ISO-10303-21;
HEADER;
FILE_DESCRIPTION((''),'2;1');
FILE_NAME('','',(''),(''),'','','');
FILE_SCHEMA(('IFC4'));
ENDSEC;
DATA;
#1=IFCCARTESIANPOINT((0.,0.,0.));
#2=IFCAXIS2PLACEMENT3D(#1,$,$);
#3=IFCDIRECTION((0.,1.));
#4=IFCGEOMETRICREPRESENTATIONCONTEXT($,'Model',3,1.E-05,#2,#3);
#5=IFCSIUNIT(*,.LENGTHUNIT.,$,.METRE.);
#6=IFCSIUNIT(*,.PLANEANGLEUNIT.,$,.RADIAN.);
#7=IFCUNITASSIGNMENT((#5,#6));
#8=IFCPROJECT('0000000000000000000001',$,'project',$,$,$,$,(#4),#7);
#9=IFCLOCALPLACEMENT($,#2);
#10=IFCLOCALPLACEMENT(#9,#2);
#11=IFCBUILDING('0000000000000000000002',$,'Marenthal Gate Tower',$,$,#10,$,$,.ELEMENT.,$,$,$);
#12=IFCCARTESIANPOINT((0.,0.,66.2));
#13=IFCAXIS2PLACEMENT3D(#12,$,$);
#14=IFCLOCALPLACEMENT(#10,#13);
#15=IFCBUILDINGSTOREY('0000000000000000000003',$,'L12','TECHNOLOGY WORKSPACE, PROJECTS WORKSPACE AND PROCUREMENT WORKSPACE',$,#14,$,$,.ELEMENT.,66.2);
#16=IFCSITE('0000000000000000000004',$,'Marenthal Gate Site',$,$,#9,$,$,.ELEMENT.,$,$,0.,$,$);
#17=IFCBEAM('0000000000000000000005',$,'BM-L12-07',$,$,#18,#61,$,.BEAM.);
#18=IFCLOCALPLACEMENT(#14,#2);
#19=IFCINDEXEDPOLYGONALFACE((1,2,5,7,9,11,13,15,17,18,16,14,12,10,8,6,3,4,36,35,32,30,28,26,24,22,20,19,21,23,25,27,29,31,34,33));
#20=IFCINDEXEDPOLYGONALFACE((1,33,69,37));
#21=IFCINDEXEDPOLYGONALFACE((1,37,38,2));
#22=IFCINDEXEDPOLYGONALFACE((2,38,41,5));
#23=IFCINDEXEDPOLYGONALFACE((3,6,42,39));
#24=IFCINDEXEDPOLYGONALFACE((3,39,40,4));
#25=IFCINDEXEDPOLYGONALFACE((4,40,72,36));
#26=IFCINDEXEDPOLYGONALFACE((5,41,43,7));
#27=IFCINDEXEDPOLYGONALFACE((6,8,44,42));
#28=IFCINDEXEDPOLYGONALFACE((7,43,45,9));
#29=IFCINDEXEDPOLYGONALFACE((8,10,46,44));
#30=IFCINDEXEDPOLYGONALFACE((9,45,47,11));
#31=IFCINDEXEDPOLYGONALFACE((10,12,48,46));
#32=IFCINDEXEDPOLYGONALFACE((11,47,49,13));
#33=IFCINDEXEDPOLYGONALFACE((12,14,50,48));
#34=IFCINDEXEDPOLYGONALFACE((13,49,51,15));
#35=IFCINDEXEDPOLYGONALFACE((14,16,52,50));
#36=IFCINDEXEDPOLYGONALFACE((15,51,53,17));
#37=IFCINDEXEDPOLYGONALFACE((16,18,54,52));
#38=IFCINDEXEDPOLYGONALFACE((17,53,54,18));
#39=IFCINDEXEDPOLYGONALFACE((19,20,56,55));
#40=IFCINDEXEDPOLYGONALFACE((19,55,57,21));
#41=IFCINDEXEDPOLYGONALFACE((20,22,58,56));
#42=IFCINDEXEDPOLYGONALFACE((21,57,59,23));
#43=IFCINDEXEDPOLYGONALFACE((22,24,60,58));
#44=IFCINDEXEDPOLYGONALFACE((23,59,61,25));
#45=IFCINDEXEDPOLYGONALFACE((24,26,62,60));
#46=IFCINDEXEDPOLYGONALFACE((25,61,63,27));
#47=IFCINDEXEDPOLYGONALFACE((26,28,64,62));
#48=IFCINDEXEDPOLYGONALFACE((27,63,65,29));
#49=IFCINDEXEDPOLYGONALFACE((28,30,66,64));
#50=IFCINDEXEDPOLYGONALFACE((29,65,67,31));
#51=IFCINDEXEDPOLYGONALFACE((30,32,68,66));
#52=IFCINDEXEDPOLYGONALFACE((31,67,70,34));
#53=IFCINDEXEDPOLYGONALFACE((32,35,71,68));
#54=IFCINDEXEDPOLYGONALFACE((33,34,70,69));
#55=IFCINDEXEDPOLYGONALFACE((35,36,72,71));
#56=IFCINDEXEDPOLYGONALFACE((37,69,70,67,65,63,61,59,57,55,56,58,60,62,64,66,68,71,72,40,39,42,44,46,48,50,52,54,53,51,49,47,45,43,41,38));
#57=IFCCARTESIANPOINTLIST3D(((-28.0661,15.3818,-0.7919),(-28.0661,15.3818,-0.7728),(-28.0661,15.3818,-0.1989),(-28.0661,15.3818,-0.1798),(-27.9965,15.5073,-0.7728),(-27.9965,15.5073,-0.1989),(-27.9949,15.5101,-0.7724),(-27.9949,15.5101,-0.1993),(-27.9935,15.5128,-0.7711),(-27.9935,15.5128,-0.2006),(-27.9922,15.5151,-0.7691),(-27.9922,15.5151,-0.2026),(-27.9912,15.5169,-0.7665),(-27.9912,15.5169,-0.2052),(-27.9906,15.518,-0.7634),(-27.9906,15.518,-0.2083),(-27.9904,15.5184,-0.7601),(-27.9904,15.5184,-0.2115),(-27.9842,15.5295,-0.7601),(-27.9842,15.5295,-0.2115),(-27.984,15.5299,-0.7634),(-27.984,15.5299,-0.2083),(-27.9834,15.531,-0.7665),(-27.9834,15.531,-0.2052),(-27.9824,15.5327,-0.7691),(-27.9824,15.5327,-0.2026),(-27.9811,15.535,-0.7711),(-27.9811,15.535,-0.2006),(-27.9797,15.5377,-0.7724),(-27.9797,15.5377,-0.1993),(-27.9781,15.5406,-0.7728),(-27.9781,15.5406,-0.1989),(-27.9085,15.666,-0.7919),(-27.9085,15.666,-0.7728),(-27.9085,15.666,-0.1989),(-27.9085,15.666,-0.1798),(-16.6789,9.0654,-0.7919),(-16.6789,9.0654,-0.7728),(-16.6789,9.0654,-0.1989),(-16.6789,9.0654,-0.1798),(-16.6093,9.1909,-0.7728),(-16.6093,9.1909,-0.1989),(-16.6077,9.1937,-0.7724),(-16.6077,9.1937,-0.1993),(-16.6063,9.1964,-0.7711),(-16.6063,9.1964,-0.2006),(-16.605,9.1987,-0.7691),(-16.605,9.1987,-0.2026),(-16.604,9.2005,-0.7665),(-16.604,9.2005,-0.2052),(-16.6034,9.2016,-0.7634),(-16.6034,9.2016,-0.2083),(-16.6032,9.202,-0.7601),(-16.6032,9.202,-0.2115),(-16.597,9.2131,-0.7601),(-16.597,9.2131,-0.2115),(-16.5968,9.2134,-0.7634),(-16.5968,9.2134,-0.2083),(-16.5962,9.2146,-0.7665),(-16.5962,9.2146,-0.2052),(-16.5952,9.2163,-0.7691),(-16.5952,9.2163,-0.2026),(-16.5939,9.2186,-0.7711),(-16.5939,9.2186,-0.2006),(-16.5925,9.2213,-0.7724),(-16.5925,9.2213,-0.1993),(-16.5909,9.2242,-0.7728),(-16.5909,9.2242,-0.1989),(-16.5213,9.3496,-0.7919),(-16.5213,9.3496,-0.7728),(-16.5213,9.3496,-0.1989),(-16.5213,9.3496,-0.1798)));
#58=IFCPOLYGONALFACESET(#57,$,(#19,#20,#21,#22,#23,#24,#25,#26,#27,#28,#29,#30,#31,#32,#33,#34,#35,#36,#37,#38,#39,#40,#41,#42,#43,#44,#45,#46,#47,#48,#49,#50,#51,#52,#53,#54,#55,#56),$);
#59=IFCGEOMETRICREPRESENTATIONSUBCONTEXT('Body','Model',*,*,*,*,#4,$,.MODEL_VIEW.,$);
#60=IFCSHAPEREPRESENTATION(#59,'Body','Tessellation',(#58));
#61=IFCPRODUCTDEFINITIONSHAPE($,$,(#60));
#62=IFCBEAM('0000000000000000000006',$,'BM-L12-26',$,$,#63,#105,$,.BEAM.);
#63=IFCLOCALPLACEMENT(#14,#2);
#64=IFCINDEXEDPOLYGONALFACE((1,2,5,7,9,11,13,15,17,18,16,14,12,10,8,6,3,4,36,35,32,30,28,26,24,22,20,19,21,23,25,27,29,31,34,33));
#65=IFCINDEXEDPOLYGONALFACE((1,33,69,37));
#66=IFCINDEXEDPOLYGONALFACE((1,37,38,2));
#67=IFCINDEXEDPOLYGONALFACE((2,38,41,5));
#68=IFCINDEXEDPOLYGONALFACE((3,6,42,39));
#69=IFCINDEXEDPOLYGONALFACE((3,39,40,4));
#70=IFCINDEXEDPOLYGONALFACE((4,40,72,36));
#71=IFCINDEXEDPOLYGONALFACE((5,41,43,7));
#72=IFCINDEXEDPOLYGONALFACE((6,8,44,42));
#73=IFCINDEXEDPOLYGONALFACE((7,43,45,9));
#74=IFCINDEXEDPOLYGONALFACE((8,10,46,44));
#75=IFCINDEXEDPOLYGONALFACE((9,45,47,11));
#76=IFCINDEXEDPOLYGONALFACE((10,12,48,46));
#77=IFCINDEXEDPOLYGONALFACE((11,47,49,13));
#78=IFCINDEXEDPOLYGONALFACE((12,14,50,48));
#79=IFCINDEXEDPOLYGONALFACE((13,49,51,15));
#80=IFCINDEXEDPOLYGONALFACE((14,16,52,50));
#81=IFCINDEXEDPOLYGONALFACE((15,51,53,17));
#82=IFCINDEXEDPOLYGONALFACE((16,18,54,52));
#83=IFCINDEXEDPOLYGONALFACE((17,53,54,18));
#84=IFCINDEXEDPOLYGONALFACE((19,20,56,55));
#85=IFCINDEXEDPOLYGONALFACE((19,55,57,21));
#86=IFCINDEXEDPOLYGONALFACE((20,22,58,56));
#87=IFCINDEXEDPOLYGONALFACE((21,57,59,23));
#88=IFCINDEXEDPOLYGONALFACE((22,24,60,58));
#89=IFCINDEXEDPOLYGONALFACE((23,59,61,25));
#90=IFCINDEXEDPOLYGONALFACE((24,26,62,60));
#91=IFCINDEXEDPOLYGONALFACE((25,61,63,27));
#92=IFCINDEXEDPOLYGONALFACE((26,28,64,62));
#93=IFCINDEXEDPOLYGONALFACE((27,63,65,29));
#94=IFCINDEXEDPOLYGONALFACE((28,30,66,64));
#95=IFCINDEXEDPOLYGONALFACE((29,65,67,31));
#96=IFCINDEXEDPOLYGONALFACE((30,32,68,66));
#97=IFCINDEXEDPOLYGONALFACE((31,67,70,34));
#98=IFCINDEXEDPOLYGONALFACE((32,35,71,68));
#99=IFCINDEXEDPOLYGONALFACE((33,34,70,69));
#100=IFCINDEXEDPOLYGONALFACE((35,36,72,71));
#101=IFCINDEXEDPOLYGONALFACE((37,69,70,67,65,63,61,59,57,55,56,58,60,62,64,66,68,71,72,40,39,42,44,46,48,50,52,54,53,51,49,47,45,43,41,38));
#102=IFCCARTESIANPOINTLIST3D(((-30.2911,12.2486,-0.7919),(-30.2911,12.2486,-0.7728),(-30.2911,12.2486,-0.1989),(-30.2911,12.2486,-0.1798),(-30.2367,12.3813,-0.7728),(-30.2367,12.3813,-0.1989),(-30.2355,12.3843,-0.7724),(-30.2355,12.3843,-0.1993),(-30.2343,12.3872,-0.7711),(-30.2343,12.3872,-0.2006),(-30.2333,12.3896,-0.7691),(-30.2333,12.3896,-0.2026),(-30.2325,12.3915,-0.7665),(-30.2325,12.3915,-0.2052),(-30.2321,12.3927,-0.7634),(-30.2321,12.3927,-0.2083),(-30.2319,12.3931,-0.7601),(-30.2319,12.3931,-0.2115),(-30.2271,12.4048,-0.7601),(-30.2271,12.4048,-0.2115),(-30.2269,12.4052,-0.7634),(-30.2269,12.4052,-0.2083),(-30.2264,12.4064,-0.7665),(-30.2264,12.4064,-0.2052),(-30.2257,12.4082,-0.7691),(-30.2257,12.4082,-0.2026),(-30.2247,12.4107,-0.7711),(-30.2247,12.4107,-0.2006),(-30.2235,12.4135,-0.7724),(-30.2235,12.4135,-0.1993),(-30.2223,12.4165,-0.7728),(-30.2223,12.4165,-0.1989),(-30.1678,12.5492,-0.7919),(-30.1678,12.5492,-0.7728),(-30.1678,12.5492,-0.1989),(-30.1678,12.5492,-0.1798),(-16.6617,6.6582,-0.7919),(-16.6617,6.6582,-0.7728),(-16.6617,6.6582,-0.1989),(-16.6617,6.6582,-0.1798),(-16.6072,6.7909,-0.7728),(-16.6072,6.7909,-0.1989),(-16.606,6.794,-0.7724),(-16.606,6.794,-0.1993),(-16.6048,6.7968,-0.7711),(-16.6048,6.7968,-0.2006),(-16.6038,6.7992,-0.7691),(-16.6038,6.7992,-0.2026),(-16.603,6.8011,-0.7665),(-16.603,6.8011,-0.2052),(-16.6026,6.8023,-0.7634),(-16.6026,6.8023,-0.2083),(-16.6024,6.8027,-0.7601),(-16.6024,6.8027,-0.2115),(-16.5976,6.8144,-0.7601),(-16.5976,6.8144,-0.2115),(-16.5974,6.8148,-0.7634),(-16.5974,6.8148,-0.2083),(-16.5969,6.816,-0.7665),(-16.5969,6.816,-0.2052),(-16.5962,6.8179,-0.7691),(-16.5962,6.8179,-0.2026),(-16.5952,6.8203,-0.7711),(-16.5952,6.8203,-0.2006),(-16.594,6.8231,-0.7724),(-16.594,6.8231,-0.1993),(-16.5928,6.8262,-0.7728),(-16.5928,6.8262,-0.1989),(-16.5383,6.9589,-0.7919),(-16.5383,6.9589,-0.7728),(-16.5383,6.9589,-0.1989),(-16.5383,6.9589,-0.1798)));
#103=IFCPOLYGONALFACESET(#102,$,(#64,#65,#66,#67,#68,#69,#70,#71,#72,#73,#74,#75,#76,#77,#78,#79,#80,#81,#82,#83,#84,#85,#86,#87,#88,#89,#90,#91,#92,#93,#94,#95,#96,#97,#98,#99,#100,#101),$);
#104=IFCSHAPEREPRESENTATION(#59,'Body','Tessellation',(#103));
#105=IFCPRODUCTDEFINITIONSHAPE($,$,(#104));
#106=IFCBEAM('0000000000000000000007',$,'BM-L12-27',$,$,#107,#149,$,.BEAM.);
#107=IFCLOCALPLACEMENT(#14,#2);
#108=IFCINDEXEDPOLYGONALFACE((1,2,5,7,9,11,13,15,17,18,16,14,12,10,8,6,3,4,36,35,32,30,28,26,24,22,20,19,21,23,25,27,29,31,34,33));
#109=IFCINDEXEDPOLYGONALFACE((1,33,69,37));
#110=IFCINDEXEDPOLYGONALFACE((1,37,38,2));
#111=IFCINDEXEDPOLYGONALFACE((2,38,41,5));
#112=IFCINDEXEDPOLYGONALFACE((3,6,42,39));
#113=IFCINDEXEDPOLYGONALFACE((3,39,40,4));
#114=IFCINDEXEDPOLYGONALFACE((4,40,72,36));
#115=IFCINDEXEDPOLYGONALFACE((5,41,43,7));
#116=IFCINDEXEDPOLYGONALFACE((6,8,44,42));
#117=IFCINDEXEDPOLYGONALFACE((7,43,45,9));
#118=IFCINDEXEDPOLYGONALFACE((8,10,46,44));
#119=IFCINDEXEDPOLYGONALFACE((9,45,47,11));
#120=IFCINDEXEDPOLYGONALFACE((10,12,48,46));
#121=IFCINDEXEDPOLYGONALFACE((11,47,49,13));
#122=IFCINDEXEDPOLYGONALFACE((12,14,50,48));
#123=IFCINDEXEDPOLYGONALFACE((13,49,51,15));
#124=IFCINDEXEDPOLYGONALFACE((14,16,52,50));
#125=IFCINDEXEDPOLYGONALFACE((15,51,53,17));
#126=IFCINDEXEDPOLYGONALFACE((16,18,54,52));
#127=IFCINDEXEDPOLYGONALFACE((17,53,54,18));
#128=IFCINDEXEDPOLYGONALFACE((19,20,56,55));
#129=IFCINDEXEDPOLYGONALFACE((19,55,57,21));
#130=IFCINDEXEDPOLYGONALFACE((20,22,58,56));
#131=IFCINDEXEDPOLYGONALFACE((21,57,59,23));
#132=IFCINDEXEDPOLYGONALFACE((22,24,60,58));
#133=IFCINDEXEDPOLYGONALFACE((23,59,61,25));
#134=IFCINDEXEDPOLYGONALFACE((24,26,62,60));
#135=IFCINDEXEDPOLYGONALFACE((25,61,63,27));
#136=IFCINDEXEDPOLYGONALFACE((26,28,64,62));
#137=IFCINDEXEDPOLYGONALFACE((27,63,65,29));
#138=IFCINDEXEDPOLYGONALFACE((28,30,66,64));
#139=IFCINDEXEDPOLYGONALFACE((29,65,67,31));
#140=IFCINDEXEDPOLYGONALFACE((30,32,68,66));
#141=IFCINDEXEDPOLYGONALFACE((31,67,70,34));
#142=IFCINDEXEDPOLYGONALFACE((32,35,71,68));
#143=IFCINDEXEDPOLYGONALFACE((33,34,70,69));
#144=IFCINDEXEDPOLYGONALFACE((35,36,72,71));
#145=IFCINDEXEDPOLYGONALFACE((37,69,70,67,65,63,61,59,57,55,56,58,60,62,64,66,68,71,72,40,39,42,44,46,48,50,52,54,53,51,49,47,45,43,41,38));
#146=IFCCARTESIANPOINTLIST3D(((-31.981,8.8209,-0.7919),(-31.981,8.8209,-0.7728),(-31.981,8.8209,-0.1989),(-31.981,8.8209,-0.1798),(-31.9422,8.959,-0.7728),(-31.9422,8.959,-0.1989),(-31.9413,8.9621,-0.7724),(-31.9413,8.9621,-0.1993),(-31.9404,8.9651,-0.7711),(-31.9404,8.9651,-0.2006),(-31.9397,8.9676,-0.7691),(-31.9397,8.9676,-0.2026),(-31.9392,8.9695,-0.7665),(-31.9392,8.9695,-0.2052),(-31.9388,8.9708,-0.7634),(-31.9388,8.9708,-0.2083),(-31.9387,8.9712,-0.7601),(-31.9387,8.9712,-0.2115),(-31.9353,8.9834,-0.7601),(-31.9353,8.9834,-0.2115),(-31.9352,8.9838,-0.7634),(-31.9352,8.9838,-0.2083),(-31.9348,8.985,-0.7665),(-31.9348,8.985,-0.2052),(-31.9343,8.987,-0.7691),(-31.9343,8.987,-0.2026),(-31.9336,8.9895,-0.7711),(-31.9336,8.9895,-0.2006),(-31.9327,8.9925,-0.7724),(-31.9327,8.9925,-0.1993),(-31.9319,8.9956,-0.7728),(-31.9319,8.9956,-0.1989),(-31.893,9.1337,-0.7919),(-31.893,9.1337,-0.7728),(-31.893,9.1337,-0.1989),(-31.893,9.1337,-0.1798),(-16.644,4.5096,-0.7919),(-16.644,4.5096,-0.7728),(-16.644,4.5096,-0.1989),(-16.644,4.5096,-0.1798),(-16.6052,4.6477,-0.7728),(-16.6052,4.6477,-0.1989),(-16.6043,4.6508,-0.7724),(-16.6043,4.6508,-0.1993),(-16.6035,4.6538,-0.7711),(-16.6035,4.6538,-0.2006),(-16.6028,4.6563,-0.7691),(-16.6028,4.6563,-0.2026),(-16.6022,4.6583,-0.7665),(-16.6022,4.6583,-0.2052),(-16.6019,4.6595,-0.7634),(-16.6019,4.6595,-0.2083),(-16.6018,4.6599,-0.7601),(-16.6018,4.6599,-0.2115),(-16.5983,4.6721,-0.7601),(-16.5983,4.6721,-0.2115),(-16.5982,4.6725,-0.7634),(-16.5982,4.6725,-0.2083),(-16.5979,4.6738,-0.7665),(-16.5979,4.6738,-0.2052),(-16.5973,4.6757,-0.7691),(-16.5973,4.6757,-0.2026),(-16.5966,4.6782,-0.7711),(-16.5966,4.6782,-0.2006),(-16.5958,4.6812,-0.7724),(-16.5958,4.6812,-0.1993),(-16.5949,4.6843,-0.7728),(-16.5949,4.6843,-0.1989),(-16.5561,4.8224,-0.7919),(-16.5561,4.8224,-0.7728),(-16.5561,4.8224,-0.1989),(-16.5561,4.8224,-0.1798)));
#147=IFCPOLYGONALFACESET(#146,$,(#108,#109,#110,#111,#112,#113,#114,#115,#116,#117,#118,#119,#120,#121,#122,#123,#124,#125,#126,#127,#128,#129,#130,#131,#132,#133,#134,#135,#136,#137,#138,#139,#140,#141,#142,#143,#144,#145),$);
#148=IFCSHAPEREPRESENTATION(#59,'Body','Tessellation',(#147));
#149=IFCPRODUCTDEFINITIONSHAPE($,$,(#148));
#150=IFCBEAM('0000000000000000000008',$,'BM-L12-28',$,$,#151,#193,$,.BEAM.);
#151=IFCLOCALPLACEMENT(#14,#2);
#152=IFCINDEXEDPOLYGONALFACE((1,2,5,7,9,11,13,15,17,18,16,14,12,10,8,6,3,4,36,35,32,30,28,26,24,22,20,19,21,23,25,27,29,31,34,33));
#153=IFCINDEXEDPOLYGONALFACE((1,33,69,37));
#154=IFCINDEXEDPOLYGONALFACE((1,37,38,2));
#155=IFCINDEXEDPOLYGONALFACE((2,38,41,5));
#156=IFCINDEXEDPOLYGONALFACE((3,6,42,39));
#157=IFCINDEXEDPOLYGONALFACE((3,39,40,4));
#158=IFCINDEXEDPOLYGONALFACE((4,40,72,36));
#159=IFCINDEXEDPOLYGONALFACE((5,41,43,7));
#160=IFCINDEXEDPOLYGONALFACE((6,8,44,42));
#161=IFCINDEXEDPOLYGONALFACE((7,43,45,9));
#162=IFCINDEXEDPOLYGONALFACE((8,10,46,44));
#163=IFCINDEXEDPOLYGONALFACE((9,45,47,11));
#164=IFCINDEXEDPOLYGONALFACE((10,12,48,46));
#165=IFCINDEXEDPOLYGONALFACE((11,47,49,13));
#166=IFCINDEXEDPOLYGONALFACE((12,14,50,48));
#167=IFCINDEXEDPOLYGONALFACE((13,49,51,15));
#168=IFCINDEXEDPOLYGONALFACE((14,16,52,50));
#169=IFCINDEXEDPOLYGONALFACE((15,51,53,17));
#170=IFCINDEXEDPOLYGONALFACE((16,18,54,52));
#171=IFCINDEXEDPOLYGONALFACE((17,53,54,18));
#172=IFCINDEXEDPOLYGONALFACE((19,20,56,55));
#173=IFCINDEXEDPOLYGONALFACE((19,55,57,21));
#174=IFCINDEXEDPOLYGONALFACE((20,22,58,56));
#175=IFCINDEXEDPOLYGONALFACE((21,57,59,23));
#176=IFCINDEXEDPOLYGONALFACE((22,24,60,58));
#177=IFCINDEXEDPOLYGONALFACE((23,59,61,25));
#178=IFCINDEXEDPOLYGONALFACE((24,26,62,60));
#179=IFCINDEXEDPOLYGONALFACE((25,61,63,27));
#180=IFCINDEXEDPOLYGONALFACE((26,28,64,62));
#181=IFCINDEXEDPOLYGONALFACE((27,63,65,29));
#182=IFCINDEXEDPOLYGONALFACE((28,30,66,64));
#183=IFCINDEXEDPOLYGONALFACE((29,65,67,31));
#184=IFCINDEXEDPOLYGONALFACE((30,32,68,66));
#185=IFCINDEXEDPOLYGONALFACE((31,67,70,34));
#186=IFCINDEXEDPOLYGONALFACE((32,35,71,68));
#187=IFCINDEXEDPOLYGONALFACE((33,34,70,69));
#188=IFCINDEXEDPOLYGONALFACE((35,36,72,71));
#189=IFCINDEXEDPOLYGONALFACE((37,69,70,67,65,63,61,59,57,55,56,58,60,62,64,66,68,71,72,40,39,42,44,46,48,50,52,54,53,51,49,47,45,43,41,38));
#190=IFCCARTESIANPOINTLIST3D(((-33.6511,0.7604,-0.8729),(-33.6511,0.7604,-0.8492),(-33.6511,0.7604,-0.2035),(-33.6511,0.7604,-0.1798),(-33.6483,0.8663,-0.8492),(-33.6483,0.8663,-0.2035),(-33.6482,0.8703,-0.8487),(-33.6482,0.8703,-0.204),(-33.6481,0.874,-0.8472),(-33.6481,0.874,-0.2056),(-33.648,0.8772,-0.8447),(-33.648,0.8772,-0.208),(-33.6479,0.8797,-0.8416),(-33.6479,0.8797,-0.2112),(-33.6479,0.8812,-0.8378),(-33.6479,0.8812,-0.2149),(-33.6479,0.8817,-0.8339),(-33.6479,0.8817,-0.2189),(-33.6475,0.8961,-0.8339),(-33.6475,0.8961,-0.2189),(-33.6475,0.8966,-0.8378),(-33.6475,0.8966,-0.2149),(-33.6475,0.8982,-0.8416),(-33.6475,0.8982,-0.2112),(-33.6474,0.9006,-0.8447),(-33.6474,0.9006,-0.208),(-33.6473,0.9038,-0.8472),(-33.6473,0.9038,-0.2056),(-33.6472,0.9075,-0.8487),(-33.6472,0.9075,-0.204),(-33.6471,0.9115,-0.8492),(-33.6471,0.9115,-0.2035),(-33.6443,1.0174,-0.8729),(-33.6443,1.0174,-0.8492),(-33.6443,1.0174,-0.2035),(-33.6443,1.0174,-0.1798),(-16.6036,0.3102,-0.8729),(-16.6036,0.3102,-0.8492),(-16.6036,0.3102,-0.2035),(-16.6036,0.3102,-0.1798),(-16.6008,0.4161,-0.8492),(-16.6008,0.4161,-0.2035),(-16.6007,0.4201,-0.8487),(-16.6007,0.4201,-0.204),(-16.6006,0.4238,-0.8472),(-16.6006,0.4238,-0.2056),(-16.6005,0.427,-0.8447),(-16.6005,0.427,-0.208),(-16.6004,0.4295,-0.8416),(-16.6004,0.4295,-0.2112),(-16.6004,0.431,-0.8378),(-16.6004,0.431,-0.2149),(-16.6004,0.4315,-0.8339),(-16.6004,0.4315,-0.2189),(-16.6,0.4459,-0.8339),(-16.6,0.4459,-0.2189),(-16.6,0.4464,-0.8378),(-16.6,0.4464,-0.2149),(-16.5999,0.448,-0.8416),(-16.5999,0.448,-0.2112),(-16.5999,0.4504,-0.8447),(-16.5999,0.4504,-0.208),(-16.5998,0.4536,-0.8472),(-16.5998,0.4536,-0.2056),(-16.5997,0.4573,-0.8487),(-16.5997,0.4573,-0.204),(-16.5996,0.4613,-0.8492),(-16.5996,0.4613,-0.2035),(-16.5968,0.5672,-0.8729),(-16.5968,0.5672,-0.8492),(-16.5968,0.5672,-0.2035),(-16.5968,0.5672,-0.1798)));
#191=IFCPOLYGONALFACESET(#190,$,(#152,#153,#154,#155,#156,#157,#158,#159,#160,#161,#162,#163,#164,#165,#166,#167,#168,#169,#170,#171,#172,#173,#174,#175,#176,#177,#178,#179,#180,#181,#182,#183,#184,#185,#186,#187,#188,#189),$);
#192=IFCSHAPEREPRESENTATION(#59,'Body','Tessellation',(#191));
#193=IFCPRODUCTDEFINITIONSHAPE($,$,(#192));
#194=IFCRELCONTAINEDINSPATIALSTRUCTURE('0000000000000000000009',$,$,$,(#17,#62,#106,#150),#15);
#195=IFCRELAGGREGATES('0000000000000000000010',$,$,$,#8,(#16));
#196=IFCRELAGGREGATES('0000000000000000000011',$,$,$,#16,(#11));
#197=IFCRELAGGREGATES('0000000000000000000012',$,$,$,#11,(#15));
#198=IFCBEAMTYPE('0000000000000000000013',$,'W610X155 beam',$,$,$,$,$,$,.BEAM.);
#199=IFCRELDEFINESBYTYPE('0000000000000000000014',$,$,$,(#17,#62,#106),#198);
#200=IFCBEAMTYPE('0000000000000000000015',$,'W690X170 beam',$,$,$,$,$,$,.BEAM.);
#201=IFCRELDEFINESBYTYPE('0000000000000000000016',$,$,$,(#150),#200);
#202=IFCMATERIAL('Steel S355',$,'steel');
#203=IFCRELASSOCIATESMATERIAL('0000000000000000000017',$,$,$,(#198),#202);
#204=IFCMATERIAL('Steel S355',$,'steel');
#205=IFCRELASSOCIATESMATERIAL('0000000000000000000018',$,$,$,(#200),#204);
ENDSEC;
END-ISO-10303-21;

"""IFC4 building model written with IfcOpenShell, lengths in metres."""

from ifc_helpers import new_model, si_unit, direction, frame, origin, origin_2d, place, context, subcontext, project, spatial, i_section, extrude, material, material_profile, profile_set, type_object, element, save


model = new_model("IFC4")

# Units and contexts
model_context = context("Model", 3, precision=1e-05, world=origin(), true_north=direction((0.0, 1.0)))
body_context = subcontext(model_context, "Body", "Model", "MODEL_VIEW")
ifc_project = project(units=[si_unit("LENGTHUNIT", "METRE"), si_unit("PLANEANGLEUNIT", "RADIAN")], contexts=[model_context])

# Site, building, storey
site_placement = place(None, origin())
site = spatial("IfcSite", under=ifc_project, at=site_placement, Name="Marenthal Gate Site", CompositionType="ELEMENT", RefElevation=0.0)
building_placement = place(site_placement, origin())
building = spatial("IfcBuilding", under=site, at=building_placement, Name="Marenthal Gate Tower", CompositionType="ELEMENT")
storey_placement = place(building_placement, frame((0.0, 0.0, 66.2)))
storey = spatial("IfcBuildingStorey", under=building, at=storey_placement, Name="L12", Description="TECHNOLOGY WORKSPACE, PROJECTS WORKSPACE AND PROCUREMENT WORKSPACE", CompositionType="ELEMENT", Elevation=66.2)

# Beams
ifc_material_1 = material(Name="Steel S355", Category="steel")
ifc_material_profile_1 = material_profile(ifc_material_1, i_section(OverallWidth=0.325, OverallDepth=0.6121, WebThickness=0.0127, FlangeThickness=0.019, FilletRadius=0.0127, at=origin_2d()), Name="W610X155")
ifc_profile_set_1 = profile_set([ifc_material_profile_1], Name="Steel S355")
beam_type_1 = type_object("IfcBeamType", Name="W610X155 beam", PredefinedType="BEAM", material=ifc_profile_set_1)
beam_1_placement = place(storey_placement, frame((-27.9873, 15.5239, -0.4858), z_axis=(0.874477, -0.485067, 0.0), x_axis=(0.485067, 0.874477, 0.0)))
element("IfcBeam", 1, at=beam_1_placement, inside=storey, type_object=beam_type_1, Name="BM-L12-07", PredefinedType="BEAM", context=body_context, shape_type="SweptSolid", body=[
    extrude(i_section(OverallWidth=0.325, OverallDepth=0.6121, WebThickness=0.0127, FlangeThickness=0.019, FilletRadius=0.0127, at=origin_2d()), origin(), (0.0, 0.0, 1.0), 13.0217),
])
beam_2_placement = place(storey_placement, frame((-30.2295, 12.3989, -0.4858), z_axis=(0.925198, -0.379486, 0.0), x_axis=(0.379486, 0.925198, 0.0)))
element("IfcBeam", 2, at=beam_2_placement, inside=storey, type_object=beam_type_1, Name="BM-L12-26", PredefinedType="BEAM", context=body_context, shape_type="SweptSolid", body=[
    extrude(i_section(OverallWidth=0.325, OverallDepth=0.6121, WebThickness=0.0127, FlangeThickness=0.019, FilletRadius=0.0127, at=origin_2d()), origin(), (0.0, 0.0, 1.0), 14.7314),
])
beam_3_placement = place(storey_placement, frame((-31.937, 8.9773, -0.4858), z_axis=(0.962687, -0.270616, 0.0), x_axis=(0.270616, 0.962687, 0.0)))
element("IfcBeam", 3, at=beam_3_placement, inside=storey, type_object=beam_type_1, Name="BM-L12-27", PredefinedType="BEAM", context=body_context, shape_type="SweptSolid", body=[
    extrude(i_section(OverallWidth=0.325, OverallDepth=0.6121, WebThickness=0.0127, FlangeThickness=0.019, FilletRadius=0.0127, at=origin_2d()), origin(), (0.0, 0.0, 1.0), 15.9314),
])
ifc_material_2 = material(Name="Steel S355", Category="steel")
ifc_material_profile_2 = material_profile(ifc_material_2, i_section(OverallWidth=0.2571, OverallDepth=0.6931, WebThickness=0.0144, FlangeThickness=0.0237, FilletRadius=0.0154, at=origin_2d()), Name="W690X170")
ifc_profile_set_2 = profile_set([ifc_material_profile_2], Name="Steel S355")
beam_type_2 = type_object("IfcBeamType", Name="W690X170 beam", PredefinedType="BEAM", material=ifc_profile_set_2)
beam_4_placement = place(storey_placement, frame((-33.6477, 0.8889, -0.5264), z_axis=(0.999651, -0.026399, 0.0), x_axis=(0.026399, 0.999651, 0.0)))
element("IfcBeam", 4, at=beam_4_placement, inside=storey, type_object=beam_type_2, Name="BM-L12-28", PredefinedType="BEAM", context=body_context, shape_type="SweptSolid", body=[
    extrude(i_section(OverallWidth=0.2571, OverallDepth=0.6931, WebThickness=0.0144, FlangeThickness=0.0237, FilletRadius=0.0154, at=origin_2d()), origin(), (0.0, 0.0, 1.0), 17.0535),
])

save(model, "model.ifc")
